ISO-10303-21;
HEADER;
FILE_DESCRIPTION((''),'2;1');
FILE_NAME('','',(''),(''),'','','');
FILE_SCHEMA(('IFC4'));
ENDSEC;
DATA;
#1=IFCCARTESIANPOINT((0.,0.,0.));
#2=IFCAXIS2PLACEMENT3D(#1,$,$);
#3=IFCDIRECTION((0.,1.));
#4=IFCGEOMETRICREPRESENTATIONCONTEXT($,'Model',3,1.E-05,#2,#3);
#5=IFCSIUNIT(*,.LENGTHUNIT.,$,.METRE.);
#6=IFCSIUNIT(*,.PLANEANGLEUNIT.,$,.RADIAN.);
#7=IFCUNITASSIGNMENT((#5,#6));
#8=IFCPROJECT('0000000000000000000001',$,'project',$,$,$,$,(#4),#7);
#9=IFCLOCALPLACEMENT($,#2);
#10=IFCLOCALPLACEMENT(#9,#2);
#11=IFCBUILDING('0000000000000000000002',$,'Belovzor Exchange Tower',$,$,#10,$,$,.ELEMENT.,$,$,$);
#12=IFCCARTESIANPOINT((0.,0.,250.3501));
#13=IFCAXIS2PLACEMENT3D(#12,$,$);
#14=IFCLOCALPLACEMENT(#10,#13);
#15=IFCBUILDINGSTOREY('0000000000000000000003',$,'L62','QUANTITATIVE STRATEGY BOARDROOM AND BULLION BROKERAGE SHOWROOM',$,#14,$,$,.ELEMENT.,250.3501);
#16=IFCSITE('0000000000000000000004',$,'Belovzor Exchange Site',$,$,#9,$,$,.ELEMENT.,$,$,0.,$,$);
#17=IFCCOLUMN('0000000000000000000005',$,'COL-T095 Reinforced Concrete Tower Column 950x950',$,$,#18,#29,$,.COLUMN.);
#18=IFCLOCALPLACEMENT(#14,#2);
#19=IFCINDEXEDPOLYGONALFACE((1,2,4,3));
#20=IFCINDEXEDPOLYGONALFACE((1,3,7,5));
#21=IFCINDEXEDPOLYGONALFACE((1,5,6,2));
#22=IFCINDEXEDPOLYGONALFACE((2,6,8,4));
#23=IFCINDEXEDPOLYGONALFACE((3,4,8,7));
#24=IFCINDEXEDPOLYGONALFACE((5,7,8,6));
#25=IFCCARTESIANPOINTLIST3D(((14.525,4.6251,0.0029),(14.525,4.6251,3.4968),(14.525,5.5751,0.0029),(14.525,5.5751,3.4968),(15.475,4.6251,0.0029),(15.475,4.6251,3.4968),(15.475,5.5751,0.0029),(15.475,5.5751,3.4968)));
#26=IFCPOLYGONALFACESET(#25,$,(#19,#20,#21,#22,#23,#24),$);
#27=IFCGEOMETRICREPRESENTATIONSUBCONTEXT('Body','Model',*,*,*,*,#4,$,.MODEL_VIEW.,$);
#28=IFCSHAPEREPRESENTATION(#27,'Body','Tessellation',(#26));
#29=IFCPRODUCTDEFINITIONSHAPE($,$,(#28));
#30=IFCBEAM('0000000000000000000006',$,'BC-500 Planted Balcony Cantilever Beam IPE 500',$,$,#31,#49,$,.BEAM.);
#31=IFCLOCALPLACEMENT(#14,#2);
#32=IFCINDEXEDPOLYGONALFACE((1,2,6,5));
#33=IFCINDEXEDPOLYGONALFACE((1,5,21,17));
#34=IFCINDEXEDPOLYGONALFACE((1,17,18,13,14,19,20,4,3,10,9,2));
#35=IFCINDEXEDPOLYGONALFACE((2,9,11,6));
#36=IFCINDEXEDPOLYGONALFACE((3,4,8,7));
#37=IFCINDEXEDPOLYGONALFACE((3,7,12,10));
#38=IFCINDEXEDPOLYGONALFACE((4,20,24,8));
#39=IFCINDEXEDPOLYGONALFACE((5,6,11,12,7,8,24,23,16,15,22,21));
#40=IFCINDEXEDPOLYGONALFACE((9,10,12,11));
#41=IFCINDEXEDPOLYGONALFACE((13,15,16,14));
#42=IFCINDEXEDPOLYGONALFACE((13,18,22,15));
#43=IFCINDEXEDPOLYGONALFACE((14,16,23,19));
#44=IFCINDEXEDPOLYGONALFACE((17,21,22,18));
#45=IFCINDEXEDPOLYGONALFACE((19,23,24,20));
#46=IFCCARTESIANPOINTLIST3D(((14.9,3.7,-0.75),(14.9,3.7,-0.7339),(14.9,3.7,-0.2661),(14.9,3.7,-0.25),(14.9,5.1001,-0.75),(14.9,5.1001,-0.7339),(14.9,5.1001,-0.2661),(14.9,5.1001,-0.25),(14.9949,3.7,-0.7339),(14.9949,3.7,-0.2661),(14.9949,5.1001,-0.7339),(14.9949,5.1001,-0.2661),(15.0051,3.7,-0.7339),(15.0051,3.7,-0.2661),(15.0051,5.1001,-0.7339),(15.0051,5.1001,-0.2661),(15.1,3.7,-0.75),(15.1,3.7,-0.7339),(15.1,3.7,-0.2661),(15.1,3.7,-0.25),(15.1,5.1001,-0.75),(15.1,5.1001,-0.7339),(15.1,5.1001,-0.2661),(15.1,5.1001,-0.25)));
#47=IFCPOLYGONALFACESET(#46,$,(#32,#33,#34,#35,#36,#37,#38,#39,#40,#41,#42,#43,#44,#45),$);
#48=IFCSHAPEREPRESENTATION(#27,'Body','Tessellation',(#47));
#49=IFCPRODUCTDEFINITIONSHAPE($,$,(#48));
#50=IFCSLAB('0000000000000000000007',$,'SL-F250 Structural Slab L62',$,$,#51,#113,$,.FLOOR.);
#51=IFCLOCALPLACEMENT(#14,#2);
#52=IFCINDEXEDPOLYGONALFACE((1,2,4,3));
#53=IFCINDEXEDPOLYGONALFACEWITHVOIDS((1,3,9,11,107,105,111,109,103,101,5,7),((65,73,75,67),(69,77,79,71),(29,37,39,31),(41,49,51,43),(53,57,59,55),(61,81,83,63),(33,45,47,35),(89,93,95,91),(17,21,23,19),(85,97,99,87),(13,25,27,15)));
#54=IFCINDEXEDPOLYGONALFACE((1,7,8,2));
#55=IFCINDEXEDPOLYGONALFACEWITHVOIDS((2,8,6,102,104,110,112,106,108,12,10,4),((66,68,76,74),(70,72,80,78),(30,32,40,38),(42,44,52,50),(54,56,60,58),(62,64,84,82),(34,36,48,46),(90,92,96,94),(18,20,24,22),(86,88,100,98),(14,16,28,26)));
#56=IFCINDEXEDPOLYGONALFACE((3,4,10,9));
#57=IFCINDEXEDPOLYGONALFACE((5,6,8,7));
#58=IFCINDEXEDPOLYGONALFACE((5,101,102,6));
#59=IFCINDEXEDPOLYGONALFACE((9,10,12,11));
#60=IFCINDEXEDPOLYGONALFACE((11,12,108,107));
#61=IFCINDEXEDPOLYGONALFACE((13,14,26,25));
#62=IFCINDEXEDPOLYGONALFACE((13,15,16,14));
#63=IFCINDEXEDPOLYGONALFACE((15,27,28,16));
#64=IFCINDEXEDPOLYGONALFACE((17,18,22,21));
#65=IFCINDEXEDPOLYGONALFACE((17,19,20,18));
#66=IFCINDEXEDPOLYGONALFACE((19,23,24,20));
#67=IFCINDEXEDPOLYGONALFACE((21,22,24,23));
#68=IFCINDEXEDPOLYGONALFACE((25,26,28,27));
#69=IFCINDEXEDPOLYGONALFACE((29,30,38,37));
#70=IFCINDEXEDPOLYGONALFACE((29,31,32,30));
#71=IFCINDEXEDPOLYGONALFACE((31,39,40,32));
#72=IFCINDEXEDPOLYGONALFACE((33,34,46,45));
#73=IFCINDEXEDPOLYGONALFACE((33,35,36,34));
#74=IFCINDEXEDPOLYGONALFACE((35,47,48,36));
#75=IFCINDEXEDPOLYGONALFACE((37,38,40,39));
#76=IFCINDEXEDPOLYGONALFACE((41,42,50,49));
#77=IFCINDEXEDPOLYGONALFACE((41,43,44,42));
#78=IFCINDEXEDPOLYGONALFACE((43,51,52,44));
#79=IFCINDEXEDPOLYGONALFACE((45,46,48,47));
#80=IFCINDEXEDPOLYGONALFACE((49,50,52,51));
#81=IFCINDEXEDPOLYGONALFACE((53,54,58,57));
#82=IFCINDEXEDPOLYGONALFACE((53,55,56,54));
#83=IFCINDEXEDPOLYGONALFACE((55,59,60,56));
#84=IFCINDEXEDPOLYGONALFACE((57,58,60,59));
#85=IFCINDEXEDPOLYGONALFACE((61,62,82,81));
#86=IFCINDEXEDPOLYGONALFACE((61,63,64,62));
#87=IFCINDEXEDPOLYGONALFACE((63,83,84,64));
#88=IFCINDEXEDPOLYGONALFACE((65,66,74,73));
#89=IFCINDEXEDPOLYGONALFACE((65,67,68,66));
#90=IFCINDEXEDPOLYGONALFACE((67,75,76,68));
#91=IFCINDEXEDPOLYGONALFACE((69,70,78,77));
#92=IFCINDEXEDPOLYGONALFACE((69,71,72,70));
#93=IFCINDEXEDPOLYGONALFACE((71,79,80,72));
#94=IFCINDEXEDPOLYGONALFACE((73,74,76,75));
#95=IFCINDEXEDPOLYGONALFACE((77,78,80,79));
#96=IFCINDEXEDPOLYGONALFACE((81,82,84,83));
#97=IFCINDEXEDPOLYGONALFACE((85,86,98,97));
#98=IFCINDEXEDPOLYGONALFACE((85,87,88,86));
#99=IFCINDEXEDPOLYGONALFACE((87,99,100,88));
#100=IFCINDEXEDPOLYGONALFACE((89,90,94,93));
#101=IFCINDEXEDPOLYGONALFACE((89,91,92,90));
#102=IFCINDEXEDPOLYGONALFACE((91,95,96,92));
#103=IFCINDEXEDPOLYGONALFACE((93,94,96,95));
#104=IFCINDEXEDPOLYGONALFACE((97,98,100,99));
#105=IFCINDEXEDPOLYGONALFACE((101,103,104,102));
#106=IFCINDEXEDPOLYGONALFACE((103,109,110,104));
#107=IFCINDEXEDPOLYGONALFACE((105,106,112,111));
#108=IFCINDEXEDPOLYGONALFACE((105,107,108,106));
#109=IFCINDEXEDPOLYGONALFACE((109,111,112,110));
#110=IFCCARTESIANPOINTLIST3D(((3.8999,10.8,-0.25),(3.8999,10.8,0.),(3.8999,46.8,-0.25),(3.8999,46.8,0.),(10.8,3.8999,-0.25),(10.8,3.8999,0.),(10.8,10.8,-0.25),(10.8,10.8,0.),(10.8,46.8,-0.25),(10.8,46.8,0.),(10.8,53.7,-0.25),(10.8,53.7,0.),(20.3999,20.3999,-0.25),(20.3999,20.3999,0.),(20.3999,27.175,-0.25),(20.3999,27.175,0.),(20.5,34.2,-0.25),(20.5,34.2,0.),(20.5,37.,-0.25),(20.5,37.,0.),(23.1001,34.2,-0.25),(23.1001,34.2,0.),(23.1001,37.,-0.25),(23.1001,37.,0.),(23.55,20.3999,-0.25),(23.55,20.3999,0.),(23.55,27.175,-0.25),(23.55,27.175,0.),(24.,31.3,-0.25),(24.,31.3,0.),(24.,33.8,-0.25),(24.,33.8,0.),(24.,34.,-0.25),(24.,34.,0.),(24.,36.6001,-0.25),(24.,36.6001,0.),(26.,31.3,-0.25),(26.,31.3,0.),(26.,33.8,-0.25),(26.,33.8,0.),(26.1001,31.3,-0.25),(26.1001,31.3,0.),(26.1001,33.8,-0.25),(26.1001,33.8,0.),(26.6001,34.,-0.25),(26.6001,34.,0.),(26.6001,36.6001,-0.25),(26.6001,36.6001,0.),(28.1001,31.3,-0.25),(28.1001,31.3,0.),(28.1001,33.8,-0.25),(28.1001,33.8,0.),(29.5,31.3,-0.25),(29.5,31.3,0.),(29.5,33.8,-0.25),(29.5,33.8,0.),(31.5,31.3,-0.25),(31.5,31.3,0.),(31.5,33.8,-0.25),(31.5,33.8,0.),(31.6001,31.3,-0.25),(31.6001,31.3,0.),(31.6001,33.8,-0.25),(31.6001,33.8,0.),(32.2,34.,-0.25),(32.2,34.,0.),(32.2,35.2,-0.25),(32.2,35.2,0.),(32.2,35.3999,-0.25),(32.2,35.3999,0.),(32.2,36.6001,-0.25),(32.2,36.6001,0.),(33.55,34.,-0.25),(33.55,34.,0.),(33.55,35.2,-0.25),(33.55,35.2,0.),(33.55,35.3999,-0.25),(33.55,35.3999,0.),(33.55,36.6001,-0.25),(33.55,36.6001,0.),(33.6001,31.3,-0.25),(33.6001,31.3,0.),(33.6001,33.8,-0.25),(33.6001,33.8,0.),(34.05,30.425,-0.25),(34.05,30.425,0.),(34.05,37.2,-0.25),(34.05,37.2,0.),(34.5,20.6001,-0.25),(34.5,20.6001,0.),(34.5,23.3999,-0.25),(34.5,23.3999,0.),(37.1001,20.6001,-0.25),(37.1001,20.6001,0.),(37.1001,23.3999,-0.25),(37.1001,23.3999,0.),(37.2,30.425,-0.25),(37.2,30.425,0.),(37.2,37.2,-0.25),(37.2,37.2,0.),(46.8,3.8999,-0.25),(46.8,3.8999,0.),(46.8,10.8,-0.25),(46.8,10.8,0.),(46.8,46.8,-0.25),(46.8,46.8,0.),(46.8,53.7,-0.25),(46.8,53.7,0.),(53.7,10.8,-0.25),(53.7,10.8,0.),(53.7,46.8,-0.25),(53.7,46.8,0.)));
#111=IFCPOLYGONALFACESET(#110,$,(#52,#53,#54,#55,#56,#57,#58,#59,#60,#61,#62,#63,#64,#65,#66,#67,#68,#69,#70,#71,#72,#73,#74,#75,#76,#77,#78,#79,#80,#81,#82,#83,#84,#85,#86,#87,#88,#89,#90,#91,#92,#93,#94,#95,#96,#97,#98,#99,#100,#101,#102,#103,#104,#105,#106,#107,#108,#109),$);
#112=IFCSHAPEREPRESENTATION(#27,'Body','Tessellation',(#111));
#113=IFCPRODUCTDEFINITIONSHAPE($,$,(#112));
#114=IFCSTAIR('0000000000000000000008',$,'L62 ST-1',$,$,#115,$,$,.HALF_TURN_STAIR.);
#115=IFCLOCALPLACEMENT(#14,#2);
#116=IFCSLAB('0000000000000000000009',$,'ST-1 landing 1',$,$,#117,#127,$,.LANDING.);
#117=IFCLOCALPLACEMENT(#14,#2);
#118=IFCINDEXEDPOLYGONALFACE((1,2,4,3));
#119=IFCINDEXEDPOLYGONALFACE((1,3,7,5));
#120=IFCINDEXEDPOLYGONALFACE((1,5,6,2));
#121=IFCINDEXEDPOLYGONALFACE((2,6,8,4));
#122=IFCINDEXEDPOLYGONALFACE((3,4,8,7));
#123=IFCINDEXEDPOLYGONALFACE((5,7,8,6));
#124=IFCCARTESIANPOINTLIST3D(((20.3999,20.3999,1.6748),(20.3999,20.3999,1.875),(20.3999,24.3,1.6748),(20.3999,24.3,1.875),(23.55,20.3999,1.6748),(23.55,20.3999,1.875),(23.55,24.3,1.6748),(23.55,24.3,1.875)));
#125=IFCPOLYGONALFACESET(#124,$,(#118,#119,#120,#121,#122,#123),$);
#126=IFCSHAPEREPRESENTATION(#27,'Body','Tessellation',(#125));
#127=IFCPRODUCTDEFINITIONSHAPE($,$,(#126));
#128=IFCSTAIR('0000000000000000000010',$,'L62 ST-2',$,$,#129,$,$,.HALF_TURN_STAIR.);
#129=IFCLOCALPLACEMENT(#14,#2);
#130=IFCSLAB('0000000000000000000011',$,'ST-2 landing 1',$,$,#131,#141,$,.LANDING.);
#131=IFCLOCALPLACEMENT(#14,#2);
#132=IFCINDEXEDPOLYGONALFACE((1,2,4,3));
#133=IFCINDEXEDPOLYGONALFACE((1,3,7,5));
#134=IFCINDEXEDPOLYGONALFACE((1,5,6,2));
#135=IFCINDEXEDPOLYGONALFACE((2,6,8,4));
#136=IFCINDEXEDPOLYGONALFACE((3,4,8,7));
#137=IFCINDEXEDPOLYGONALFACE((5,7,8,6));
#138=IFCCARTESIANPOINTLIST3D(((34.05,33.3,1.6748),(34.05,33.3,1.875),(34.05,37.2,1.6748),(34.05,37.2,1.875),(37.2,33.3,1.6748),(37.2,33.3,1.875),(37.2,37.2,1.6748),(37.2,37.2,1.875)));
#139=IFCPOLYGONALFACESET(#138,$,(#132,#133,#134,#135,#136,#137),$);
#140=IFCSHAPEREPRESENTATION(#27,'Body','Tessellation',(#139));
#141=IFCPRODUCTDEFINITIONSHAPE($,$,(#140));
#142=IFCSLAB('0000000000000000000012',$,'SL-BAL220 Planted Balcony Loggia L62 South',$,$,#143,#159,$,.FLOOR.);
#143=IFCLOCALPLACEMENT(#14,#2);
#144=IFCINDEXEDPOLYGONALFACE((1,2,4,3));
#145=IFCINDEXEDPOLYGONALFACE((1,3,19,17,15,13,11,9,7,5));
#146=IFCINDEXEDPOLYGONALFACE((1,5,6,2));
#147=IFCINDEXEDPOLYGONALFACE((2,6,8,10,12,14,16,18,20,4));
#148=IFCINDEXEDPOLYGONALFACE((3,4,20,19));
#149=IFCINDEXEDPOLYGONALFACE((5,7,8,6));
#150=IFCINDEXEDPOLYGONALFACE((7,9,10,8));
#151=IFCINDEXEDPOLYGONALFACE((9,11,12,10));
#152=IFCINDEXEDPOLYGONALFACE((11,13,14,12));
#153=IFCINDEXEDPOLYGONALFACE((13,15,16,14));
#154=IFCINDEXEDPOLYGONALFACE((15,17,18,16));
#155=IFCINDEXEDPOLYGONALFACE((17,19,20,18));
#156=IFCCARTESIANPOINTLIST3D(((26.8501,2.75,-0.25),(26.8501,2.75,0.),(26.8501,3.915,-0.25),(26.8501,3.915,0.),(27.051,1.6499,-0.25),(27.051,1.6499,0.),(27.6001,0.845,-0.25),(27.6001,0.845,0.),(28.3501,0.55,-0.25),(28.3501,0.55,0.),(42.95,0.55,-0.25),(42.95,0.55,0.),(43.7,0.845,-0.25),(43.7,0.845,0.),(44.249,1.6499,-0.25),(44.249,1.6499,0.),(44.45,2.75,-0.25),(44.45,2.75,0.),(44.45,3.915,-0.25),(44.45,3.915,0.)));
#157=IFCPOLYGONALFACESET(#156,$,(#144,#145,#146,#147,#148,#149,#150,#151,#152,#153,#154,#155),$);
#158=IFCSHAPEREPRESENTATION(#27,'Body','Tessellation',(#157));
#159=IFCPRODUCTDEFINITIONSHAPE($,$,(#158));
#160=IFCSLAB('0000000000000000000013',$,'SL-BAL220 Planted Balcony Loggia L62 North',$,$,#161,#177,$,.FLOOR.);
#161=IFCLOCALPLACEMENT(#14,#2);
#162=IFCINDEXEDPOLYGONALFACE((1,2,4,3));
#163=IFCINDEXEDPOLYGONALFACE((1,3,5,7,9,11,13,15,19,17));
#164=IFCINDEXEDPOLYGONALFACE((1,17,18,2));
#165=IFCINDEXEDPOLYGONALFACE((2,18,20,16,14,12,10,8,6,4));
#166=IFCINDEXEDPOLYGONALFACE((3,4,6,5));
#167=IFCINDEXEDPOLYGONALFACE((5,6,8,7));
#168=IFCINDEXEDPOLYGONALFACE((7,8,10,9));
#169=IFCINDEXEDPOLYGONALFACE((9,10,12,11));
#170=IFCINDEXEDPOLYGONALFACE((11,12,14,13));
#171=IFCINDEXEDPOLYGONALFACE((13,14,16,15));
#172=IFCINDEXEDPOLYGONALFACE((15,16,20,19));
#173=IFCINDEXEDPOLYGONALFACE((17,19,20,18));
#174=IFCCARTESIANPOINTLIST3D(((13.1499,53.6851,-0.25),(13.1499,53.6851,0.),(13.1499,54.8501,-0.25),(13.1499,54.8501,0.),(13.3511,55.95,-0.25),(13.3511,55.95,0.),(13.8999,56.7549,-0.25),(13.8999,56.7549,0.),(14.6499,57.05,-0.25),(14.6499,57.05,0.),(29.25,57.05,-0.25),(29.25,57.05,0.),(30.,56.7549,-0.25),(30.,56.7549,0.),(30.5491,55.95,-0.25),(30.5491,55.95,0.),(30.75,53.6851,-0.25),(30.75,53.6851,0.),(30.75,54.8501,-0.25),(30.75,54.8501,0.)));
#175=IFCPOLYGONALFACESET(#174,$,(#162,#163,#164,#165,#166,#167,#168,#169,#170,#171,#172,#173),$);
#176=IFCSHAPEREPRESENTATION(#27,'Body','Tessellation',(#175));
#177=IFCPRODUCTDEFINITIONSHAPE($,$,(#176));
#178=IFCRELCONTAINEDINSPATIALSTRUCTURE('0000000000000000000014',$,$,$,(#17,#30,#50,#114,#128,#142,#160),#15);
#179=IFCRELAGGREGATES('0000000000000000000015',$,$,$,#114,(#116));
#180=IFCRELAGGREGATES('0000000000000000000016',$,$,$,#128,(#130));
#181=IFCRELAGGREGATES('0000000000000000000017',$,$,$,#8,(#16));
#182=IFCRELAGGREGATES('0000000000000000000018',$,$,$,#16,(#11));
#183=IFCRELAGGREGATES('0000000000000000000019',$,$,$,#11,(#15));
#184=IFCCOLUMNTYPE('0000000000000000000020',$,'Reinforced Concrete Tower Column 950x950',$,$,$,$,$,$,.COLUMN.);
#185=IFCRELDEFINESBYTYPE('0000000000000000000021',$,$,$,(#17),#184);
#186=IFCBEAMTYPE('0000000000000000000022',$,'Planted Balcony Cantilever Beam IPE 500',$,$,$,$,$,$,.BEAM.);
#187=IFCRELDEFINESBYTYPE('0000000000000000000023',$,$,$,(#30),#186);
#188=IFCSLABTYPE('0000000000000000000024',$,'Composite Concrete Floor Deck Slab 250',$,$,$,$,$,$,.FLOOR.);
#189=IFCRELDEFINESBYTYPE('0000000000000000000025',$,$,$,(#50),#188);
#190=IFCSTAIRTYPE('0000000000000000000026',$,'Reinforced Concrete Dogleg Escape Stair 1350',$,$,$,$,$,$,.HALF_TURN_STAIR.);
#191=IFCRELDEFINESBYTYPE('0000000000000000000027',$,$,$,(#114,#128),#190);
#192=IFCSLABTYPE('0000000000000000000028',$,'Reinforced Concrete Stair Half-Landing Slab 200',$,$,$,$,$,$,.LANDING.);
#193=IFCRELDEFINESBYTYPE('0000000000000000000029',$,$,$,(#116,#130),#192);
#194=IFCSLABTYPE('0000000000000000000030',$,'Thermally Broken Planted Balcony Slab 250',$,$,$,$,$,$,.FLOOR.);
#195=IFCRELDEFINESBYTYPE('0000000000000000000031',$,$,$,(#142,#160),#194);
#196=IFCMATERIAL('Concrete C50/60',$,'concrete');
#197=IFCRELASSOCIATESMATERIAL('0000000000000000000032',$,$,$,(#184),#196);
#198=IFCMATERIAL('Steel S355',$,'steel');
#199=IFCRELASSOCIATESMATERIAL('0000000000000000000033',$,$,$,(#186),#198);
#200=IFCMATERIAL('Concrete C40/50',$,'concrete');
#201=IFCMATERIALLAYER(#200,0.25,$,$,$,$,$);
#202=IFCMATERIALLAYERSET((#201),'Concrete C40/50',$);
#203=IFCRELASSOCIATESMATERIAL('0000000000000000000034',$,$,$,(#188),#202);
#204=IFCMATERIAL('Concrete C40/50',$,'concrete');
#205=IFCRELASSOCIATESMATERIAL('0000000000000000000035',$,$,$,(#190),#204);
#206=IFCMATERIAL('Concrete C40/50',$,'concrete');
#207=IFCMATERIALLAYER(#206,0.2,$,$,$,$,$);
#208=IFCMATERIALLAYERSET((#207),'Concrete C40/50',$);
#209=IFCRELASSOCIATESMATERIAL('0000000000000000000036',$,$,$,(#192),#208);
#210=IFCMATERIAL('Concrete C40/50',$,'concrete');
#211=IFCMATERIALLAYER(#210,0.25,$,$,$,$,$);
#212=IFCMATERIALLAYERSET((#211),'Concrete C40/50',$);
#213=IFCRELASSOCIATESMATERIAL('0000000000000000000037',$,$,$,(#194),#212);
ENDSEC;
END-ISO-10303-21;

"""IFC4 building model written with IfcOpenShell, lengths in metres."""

from ifc_helpers import new_model, si_unit, direction, frame, origin, origin_2d, place, context, subcontext, project, spatial, polyline, rectangle, i_section, outline, extrude, material, layer, layer_set, material_profile, profile_set, type_object, element, aggregate, save


model = new_model("IFC4")

# Units and contexts
model_context = context("Model", 3, precision=1e-05, world=origin(), true_north=direction((0.0, 1.0)))
body_context = subcontext(model_context, "Body", "Model", "MODEL_VIEW")
ifc_project = project(units=[si_unit("LENGTHUNIT", "METRE"), si_unit("PLANEANGLEUNIT", "RADIAN")], contexts=[model_context])

# Site, building, storey
site_placement = place(None, origin())
site = spatial("IfcSite", under=ifc_project, at=site_placement, Name="Belovzor Exchange Site", CompositionType="ELEMENT", RefElevation=0.0)
building_placement = place(site_placement, origin())
building = spatial("IfcBuilding", under=site, at=building_placement, Name="Belovzor Exchange Tower", CompositionType="ELEMENT")
storey_placement = place(building_placement, frame((0.0, 0.0, 250.3501)))
storey = spatial("IfcBuildingStorey", under=building, at=storey_placement, Name="L62", Description="QUANTITATIVE STRATEGY BOARDROOM AND BULLION BROKERAGE SHOWROOM", CompositionType="ELEMENT", Elevation=250.3501)

# Column
ifc_material_1 = material(Name="Concrete C50/60", Category="concrete")
ifc_material_profile_1 = material_profile(ifc_material_1, rectangle(XDim=0.95, YDim=0.95, at=origin_2d()))
ifc_profile_set_1 = profile_set([ifc_material_profile_1], Name="Concrete C50/60")
column_type = type_object("IfcColumnType", Name="Reinforced Concrete Tower Column 950x950", PredefinedType="COLUMN", material=ifc_profile_set_1)
column_placement = place(storey_placement, frame((15.0, 5.1001, 0.0029), z_axis=(0.0, 0.0, 1.0), x_axis=(1.0, 0.0, 0.0)))
element("IfcColumn", 1, at=column_placement, inside=storey, type_object=column_type, Name="COL-T095 Reinforced Concrete Tower Column 950x950", PredefinedType="COLUMN", context=body_context, shape_type="SweptSolid", body=[
    extrude(rectangle(XDim=0.95, YDim=0.95, at=origin_2d()), origin(), (0.0, 0.0, 1.0), 3.4939),
])

# Beam
ifc_material_2 = material(Name="Steel S355", Category="steel")
ifc_material_profile_2 = material_profile(ifc_material_2, i_section(OverallWidth=0.2, OverallDepth=0.5, WebThickness=0.0103, FlangeThickness=0.0161, at=origin_2d()))
ifc_profile_set_2 = profile_set([ifc_material_profile_2], Name="Steel S355")
beam_type = type_object("IfcBeamType", Name="Planted Balcony Cantilever Beam IPE 500", PredefinedType="BEAM", material=ifc_profile_set_2)
beam_placement = place(storey_placement, frame((15.0, 5.1001, -0.5), z_axis=(0.0, -1.0, 0.0), x_axis=(1.0, 0.0, 0.0)))
element("IfcBeam", 2, at=beam_placement, inside=storey, type_object=beam_type, Name="BC-500 Planted Balcony Cantilever Beam IPE 500", PredefinedType="BEAM", context=body_context, shape_type="SweptSolid", body=[
    extrude(i_section(OverallWidth=0.2, OverallDepth=0.5, WebThickness=0.0103, FlangeThickness=0.0161, at=origin_2d()), origin(), (0.0, 0.0, 1.0), 1.4001),
])

# Slab
ifc_material_3 = material(Name="Concrete C40/50", Category="concrete")
ifc_layer_1 = layer(ifc_material_3, 0.25)
ifc_layer_set_1 = layer_set([ifc_layer_1], Name="Concrete C40/50")
slab_type_1 = type_object("IfcSlabType", Name="Composite Concrete Floor Deck Slab 250", PredefinedType="FLOOR", material=ifc_layer_set_1)
slab_1_placement = place(storey_placement, frame((0.0, 0.0, -0.25)))
element("IfcSlab", 3, at=slab_1_placement, inside=storey, type_object=slab_type_1, Name="SL-F250 Structural Slab L62", PredefinedType="FLOOR", context=body_context, shape_type="SweptSolid", body=[
    extrude(outline(polyline([(10.8, 3.8999), (46.8, 3.8999), (46.8, 10.8), (53.7, 10.8), (53.7, 46.8), (46.8, 46.8), (46.8, 53.7), (10.8, 53.7), (10.8, 46.8), (3.8999, 46.8), (3.8999, 10.8), (10.8, 10.8), (10.8, 3.8999)]), holes=[polyline([(20.3999, 27.175), (20.3999, 20.3999), (23.55, 20.3999), (23.55, 27.175), (20.3999, 27.175)]), polyline([(37.2, 30.425), (37.2, 37.2), (34.05, 37.2), (34.05, 30.425), (37.2, 30.425)]), polyline([(20.5, 34.2), (23.1001, 34.2), (23.1001, 37.0), (20.5, 37.0), (20.5, 34.2)]), polyline([(34.5, 20.6001), (37.1001, 20.6001), (37.1001, 23.3999), (34.5, 23.3999), (34.5, 20.6001)]), polyline([(24.0, 34.0), (26.6001, 34.0), (26.6001, 36.6001), (24.0, 36.6001), (24.0, 34.0)]), polyline([(24.0, 31.3), (26.0, 31.3), (26.0, 33.8), (24.0, 33.8), (24.0, 31.3)]), polyline([(26.1001, 31.3), (28.1001, 31.3), (28.1001, 33.8), (26.1001, 33.8), (26.1001, 31.3)]), polyline([(29.5, 31.3), (31.5, 31.3), (31.5, 33.8), (29.5, 33.8), (29.5, 31.3)]), polyline([(31.6001, 31.3), (33.6001, 31.3), (33.6001, 33.8), (31.6001, 33.8), (31.6001, 31.3)]), polyline([(32.2, 34.0), (33.55, 34.0), (33.55, 35.2), (32.2, 35.2), (32.2, 34.0)]), polyline([(32.2, 35.3999), (33.55, 35.3999), (33.55, 36.6001), (32.2, 36.6001), (32.2, 35.3999)])]), origin(), (0.0, 0.0, 1.0), 0.25),
])

# Stairs, slabs
ifc_material_4 = material(Name="Concrete C40/50", Category="concrete")
stair_type = type_object("IfcStairType", Name="Reinforced Concrete Dogleg Escape Stair 1350", PredefinedType="HALF_TURN_STAIR", material=ifc_material_4)
stair_1_placement = place(storey_placement, origin())
stair_1 = element("IfcStair", 4, at=stair_1_placement, inside=storey, type_object=stair_type, Name="L62 ST-1", PredefinedType="HALF_TURN_STAIR")
ifc_material_5 = material(Name="Concrete C40/50", Category="concrete")
ifc_layer_2 = layer(ifc_material_5, 0.2)
ifc_layer_set_2 = layer_set([ifc_layer_2], Name="Concrete C40/50")
slab_type_2 = type_object("IfcSlabType", Name="Reinforced Concrete Stair Half-Landing Slab 200", PredefinedType="LANDING", material=ifc_layer_set_2)
slab_2_placement = place(storey_placement, frame((0.0, 0.0, 1.6748)))
slab_2 = element("IfcSlab", 5, at=slab_2_placement, type_object=slab_type_2, Name="ST-1 landing 1", PredefinedType="LANDING", context=body_context, shape_type="SweptSolid", body=[
    extrude(outline(polyline([(20.3999, 24.3), (20.3999, 20.3999), (23.55, 20.3999), (23.55, 24.3), (20.3999, 24.3)])), origin(), (0.0, 0.0, 1.0), 0.2002),
])
aggregate(stair_1, [slab_2])
stair_2_placement = place(storey_placement, origin())
stair_2 = element("IfcStair", 6, at=stair_2_placement, inside=storey, type_object=stair_type, Name="L62 ST-2", PredefinedType="HALF_TURN_STAIR")
slab_3_placement = place(storey_placement, frame((0.0, 0.0, 1.6748)))
slab_3 = element("IfcSlab", 7, at=slab_3_placement, type_object=slab_type_2, Name="ST-2 landing 1", PredefinedType="LANDING", context=body_context, shape_type="SweptSolid", body=[
    extrude(outline(polyline([(37.2, 33.3), (37.2, 37.2), (34.05, 37.2), (34.05, 33.3), (37.2, 33.3)])), origin(), (0.0, 0.0, 1.0), 0.2002),
])
aggregate(stair_2, [slab_3])

# Slabs
ifc_material_6 = material(Name="Concrete C40/50", Category="concrete")
ifc_layer_3 = layer(ifc_material_6, 0.25)
ifc_layer_set_3 = layer_set([ifc_layer_3], Name="Concrete C40/50")
slab_type_3 = type_object("IfcSlabType", Name="Thermally Broken Planted Balcony Slab 250", PredefinedType="FLOOR", material=ifc_layer_set_3)
slab_4_placement = place(storey_placement, frame((0.0, 0.0, -0.25)))
element("IfcSlab", 8, at=slab_4_placement, inside=storey, type_object=slab_type_3, Name="SL-BAL220 Planted Balcony Loggia L62 South", PredefinedType="FLOOR", context=body_context, shape_type="SweptSolid", body=[
    extrude(outline(polyline([(26.8501, 3.915), (26.8501, 2.75), (27.051, 1.6499), (27.6001, 0.845), (28.3501, 0.55), (42.95, 0.55), (43.7, 0.845), (44.249, 1.6499), (44.45, 2.75), (44.45, 3.915), (26.8501, 3.915)])), origin(), (0.0, 0.0, 1.0), 0.25),
])
slab_5_placement = place(storey_placement, frame((0.0, 0.0, -0.25)))
element("IfcSlab", 9, at=slab_5_placement, inside=storey, type_object=slab_type_3, Name="SL-BAL220 Planted Balcony Loggia L62 North", PredefinedType="FLOOR", context=body_context, shape_type="SweptSolid", body=[
    extrude(outline(polyline([(30.75, 53.6851), (30.75, 54.8501), (30.5491, 55.95), (30.0, 56.7549), (29.25, 57.05), (14.6499, 57.05), (13.8999, 56.7549), (13.3511, 55.95), (13.1499, 54.8501), (13.1499, 53.6851), (30.75, 53.6851)])), origin(), (0.0, 0.0, 1.0), 0.25),
])

save(model, "model.ifc")
